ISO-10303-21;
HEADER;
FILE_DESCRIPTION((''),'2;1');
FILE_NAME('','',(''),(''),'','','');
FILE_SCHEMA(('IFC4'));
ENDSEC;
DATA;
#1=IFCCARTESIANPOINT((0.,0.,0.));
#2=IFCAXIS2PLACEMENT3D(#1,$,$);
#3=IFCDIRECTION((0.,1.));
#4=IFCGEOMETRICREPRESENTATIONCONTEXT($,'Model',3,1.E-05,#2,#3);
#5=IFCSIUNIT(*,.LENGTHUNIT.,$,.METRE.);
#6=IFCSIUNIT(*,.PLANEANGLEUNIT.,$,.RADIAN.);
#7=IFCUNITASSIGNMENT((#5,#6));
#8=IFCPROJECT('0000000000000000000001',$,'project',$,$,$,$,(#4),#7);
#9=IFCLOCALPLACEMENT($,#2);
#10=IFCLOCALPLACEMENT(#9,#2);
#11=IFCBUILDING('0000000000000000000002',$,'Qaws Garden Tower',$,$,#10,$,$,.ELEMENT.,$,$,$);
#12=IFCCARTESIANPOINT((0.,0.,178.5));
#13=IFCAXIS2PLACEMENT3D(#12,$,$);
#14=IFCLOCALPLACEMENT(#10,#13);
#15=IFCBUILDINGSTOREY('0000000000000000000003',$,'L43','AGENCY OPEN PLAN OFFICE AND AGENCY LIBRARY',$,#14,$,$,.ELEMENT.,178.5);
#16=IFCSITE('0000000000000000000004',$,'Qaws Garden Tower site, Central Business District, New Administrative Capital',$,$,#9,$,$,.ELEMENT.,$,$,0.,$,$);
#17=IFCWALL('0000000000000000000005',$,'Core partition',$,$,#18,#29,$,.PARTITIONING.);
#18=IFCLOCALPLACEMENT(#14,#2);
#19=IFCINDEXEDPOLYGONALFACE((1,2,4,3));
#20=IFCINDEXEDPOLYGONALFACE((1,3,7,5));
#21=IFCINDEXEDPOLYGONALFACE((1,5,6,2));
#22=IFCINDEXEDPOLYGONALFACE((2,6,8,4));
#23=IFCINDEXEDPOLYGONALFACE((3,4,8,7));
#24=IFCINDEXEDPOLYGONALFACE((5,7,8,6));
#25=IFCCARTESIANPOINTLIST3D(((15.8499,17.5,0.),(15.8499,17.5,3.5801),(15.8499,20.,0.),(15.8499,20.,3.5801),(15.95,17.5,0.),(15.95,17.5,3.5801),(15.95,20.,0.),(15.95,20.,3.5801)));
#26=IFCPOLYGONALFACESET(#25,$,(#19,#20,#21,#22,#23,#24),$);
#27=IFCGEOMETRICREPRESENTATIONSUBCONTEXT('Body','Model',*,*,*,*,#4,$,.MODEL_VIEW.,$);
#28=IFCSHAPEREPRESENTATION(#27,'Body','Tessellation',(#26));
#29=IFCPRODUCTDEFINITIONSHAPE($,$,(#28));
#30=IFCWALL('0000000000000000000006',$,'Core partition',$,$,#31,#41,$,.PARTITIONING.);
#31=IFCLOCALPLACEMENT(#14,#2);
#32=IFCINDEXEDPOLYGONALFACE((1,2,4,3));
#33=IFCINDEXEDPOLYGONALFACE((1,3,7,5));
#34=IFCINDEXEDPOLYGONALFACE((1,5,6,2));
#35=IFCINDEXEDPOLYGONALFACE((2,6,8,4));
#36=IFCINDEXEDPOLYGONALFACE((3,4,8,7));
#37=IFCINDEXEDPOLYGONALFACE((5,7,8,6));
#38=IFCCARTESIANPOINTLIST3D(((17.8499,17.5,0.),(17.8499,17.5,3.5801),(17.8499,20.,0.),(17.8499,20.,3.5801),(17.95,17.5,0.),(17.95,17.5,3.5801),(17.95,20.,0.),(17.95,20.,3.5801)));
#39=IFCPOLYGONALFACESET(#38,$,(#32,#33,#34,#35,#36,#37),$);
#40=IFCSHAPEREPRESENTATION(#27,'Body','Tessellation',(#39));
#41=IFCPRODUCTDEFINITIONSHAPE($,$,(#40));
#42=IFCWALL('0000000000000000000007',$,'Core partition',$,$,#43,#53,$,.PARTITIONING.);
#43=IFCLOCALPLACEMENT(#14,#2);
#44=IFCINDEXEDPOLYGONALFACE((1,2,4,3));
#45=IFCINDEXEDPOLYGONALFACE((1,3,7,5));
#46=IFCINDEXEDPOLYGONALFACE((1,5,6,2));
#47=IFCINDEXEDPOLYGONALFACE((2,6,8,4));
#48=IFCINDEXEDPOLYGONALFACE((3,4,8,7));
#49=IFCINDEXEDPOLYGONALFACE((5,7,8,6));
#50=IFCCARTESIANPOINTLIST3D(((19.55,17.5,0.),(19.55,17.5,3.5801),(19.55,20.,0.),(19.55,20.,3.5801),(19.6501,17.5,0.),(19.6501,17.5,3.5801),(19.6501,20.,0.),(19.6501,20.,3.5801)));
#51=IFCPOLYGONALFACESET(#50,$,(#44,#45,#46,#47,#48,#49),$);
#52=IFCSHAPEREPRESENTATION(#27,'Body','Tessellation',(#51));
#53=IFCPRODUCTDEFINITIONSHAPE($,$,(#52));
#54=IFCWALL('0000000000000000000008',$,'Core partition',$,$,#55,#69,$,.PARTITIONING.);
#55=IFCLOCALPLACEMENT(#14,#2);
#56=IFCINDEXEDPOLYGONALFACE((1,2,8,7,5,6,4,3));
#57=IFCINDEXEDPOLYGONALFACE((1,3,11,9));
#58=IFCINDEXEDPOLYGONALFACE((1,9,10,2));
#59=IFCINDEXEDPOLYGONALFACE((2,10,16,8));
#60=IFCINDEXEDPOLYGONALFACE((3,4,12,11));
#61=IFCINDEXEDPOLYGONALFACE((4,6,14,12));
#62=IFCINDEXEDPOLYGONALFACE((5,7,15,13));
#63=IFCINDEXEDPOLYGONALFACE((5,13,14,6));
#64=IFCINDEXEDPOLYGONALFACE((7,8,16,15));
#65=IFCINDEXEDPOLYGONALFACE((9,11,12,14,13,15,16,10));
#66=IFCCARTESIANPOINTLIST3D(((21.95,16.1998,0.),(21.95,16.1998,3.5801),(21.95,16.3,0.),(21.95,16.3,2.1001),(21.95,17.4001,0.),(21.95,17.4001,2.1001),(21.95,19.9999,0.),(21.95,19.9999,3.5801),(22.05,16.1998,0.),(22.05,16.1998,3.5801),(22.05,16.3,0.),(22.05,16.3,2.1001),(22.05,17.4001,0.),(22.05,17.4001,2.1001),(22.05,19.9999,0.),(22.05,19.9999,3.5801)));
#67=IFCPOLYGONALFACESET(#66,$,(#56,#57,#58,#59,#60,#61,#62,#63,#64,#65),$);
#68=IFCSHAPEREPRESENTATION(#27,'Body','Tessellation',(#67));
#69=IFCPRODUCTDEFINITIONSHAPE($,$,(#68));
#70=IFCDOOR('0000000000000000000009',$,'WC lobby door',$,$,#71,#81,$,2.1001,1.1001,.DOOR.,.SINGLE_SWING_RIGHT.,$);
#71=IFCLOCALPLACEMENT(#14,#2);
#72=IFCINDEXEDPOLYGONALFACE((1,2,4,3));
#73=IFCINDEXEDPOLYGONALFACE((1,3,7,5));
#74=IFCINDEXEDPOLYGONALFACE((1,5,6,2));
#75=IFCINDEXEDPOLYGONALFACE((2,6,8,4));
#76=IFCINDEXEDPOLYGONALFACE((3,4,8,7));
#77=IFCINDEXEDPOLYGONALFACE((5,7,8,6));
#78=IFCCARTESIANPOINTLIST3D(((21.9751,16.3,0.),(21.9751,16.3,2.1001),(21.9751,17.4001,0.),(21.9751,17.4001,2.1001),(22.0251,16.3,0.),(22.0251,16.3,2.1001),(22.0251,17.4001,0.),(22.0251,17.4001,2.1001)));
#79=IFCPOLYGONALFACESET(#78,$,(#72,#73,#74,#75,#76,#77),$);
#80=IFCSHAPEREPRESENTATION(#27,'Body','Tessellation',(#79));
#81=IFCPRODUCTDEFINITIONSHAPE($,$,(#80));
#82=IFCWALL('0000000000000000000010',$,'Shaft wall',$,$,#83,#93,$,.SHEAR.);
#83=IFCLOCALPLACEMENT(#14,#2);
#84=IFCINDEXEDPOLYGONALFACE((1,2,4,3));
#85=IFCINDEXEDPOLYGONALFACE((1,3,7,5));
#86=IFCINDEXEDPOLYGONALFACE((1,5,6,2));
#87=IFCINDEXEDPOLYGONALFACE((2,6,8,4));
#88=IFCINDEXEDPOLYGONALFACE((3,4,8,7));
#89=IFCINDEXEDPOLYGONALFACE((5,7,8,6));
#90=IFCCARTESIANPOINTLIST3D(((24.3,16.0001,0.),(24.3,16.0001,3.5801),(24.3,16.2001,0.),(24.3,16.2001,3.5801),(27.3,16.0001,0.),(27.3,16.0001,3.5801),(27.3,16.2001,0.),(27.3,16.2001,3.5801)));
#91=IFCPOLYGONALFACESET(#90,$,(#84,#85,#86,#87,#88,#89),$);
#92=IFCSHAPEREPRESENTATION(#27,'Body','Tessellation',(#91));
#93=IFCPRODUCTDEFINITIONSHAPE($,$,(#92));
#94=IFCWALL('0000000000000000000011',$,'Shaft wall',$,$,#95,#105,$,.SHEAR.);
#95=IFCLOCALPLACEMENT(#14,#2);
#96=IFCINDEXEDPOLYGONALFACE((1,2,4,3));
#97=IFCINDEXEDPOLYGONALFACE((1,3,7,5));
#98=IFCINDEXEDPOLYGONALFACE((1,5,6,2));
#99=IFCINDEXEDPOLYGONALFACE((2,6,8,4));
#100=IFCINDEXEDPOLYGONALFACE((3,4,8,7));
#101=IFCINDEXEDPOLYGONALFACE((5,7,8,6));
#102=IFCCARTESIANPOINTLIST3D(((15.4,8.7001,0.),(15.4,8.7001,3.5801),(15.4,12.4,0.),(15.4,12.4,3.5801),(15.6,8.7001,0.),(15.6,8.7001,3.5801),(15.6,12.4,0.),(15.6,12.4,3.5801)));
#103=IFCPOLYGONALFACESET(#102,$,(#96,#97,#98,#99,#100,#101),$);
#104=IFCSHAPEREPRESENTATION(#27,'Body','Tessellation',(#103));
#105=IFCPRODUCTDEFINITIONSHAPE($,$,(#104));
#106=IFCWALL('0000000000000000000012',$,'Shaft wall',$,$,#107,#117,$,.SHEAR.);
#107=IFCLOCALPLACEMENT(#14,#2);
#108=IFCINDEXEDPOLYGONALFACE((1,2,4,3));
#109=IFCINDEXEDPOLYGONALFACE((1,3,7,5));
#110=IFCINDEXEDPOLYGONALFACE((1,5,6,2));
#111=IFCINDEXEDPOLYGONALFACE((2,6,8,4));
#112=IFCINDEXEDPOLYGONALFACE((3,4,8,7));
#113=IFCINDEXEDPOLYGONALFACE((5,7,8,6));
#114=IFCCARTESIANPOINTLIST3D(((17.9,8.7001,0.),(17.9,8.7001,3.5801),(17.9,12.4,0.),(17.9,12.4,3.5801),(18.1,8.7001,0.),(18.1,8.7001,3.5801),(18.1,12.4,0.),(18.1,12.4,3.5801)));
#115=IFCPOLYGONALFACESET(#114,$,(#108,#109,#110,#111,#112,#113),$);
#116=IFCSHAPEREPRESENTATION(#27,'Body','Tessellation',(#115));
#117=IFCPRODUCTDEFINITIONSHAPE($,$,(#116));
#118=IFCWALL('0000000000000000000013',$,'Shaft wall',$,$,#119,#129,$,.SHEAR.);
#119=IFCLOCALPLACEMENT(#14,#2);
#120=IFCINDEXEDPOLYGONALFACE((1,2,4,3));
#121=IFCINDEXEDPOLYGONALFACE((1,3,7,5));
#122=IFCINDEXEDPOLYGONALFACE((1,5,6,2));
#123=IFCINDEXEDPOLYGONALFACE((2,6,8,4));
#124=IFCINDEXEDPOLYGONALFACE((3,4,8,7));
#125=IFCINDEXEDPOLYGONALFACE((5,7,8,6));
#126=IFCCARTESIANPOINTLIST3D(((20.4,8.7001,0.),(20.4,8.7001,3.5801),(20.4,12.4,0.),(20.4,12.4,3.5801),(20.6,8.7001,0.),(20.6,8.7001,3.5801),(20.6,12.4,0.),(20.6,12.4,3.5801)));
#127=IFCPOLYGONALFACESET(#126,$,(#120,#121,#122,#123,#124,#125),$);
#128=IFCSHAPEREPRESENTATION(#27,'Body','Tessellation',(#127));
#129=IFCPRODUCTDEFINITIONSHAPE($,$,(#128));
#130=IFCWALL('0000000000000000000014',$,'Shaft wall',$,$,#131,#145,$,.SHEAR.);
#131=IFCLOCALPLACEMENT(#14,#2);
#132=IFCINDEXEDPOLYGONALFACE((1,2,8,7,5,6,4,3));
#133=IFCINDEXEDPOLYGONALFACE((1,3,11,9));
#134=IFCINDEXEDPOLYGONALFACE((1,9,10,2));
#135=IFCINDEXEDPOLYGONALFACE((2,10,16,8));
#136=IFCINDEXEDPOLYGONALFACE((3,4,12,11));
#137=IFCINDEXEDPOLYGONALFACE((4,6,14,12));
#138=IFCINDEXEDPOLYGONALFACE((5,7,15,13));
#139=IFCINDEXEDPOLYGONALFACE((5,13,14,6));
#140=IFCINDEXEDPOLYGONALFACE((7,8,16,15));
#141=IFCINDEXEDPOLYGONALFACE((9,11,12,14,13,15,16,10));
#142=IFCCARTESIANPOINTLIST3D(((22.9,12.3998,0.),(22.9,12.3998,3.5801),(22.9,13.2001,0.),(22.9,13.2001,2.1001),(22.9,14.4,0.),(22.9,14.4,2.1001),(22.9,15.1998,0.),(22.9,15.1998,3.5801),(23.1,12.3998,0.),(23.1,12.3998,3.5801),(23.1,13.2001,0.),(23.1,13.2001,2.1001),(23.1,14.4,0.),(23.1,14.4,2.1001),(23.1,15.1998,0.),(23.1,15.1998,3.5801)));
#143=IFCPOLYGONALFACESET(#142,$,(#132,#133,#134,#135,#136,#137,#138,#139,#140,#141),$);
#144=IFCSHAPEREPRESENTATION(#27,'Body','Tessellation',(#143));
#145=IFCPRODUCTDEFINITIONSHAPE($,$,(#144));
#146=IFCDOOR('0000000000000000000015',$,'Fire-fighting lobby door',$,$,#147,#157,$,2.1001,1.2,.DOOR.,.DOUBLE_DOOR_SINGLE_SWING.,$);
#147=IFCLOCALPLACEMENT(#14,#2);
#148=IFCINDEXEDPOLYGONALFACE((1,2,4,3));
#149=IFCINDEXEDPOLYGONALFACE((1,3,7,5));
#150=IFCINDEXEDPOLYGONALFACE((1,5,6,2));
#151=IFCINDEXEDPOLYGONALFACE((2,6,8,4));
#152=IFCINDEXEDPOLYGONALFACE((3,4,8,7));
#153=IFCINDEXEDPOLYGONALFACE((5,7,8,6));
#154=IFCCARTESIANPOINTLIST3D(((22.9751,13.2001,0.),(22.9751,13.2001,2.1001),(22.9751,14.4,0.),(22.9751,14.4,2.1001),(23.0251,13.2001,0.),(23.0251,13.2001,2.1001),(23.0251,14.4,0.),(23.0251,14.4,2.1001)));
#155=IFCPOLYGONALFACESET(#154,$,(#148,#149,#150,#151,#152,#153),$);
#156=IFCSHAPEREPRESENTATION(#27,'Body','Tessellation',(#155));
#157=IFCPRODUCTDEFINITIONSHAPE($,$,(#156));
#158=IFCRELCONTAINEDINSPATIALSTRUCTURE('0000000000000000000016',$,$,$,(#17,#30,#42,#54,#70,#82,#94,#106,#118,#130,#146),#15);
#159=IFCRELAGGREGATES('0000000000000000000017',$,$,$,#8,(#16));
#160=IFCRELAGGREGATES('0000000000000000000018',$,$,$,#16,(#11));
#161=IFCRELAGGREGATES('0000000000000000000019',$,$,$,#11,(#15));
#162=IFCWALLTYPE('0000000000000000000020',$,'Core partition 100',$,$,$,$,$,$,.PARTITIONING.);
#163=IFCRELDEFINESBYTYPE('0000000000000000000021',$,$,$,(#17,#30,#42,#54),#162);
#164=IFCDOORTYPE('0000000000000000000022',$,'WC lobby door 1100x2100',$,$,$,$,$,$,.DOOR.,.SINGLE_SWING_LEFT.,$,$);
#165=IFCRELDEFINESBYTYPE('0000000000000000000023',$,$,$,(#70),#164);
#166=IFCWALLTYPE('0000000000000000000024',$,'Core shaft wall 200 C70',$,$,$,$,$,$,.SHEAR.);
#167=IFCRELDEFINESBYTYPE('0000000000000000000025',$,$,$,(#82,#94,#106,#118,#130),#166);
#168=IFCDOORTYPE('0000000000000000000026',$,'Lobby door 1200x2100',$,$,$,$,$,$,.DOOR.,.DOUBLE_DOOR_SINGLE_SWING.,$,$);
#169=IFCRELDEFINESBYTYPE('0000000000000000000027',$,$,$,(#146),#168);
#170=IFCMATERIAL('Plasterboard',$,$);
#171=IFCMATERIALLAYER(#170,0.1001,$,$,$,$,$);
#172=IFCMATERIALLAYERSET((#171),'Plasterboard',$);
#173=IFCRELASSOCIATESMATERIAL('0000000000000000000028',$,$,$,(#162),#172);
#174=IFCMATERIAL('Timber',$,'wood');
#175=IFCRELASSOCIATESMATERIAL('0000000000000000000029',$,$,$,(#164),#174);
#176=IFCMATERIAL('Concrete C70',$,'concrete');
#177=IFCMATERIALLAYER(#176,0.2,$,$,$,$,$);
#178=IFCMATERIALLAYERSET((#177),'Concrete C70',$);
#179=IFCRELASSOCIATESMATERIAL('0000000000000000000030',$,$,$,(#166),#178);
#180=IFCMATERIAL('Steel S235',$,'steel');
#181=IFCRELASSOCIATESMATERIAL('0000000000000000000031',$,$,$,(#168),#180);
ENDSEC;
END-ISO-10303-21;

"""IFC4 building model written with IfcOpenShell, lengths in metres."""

from ifc_helpers import new_model, si_unit, direction, frame, frame_2d, origin, place, context, subcontext, project, spatial, rectangle, extrude, material, layer, layer_set, type_object, element, fill, save


model = new_model("IFC4")

# Units and contexts
model_context = context("Model", 3, precision=1e-05, world=origin(), true_north=direction((0.0, 1.0)))
body_context = subcontext(model_context, "Body", "Model", "MODEL_VIEW")
ifc_project = project(units=[si_unit("LENGTHUNIT", "METRE"), si_unit("PLANEANGLEUNIT", "RADIAN")], contexts=[model_context])

# Site, building, storey
site_placement = place(None, origin())
site = spatial("IfcSite", under=ifc_project, at=site_placement, Name="Qaws Garden Tower site, Central Business District, New Administrative Capital", CompositionType="ELEMENT", RefElevation=0.0)
building_placement = place(site_placement, origin())
building = spatial("IfcBuilding", under=site, at=building_placement, Name="Qaws Garden Tower", CompositionType="ELEMENT")
storey_placement = place(building_placement, frame((0.0, 0.0, 178.5)))
storey = spatial("IfcBuildingStorey", under=building, at=storey_placement, Name="L43", Description="AGENCY OPEN PLAN OFFICE AND AGENCY LIBRARY", CompositionType="ELEMENT", Elevation=178.5)

# Shared definitions
ifc_material_1 = material(Name="Plasterboard")
ifc_layer_1 = layer(ifc_material_1, 0.1001)
ifc_layer_set_1 = layer_set([ifc_layer_1], Name="Plasterboard")
wall_type_1 = type_object("IfcWallType", Name="Core partition 100", PredefinedType="PARTITIONING", material=ifc_layer_set_1)

# Walls
for number, where, z_axis, x_axis, name in (
    (1, (15.8999, 17.5, 0.0), (0.0, 0.0, 1.0), (0.0, 1.0, 0.0), "Core partition"),
    (2, (17.8999, 17.5, 0.0), (0.0, 0.0, 1.0), (0.0, 1.0, 0.0), "Core partition"),
    (3, (19.6001, 17.5, 0.0), (0.0, 0.0, 1.0), (0.0, 1.0, 0.0), "Core partition"),
):
    element("IfcWall", number, at=place(storey_placement, frame(where, z_axis=z_axis, x_axis=x_axis)), inside=storey, type_object=wall_type_1, Name=name, PredefinedType="PARTITIONING", context=body_context, shape_type="SweptSolid", body=[
        extrude(rectangle(XDim=2.5, YDim=0.1001, at=frame_2d((1.25, 0.0))), origin(), (0.0, 0.0, 1.0), 3.5801),
    ])

# Wall, opening, door
wall_1_placement = place(storey_placement, frame((22.0, 16.2, 0.0), z_axis=(0.0, 0.0, 1.0), x_axis=(0.0, 1.0, 0.0)))
wall_1 = element("IfcWall", 4, at=wall_1_placement, inside=storey, type_object=wall_type_1, Name="Core partition", PredefinedType="PARTITIONING", context=body_context, shape_type="SweptSolid", body=[
    extrude(rectangle(XDim=3.8, YDim=0.1001, at=frame_2d((1.8999, 0.0))), origin(), (0.0, 0.0, 1.0), 3.5801),
])
opening_1_placement = place(wall_1_placement, frame((0.1001, 0.0, 0.0)))
opening_1 = element("IfcOpeningElement", 5, at=opening_1_placement, cuts=wall_1, PredefinedType="OPENING", context=body_context, shape_type="SweptSolid", body=[
    extrude(rectangle(XDim=1.1001, YDim=2.1001, at=frame_2d((0.55, 1.05))), frame((0.0, 0.0601, 0.0), z_axis=(0.0, -1.0, 0.0), x_axis=(1.0, 0.0, 0.0)), (0.0, 0.0, 1.0), 0.1201),
])
ifc_material_2 = material(Name="Timber", Category="wood")
door_type_1 = type_object("IfcDoorType", Name="WC lobby door 1100x2100", OperationType="SINGLE_SWING_LEFT", PredefinedType="DOOR", material=ifc_material_2)
door_1_placement = place(opening_1_placement, origin())
door_1 = element("IfcDoor", 6, at=door_1_placement, inside=storey, type_object=door_type_1, Name="WC lobby door", OperationType="SINGLE_SWING_RIGHT", OverallHeight=2.1001, OverallWidth=1.1001, PredefinedType="DOOR", context=body_context, shape_type="SweptSolid", body=[
    extrude(rectangle(XDim=1.1001, YDim=2.1001, at=frame_2d((0.55, 1.05))), frame((0.0, 0.0249, 0.0), z_axis=(0.0, -1.0, 0.0), x_axis=(1.0, 0.0, 0.0)), (0.0, 0.0, 1.0), 0.05),
])
fill(opening_1, door_1)

# Walls
ifc_material_3 = material(Name="Concrete C70", Category="concrete")
ifc_layer_2 = layer(ifc_material_3, 0.2)
ifc_layer_set_2 = layer_set([ifc_layer_2], Name="Concrete C70")
wall_type_2 = type_object("IfcWallType", Name="Core shaft wall 200 C70", PredefinedType="SHEAR", material=ifc_layer_set_2)
wall_2_placement = place(storey_placement, frame((24.3, 16.1001, 0.0), z_axis=(0.0, 0.0, 1.0), x_axis=(1.0, 0.0, 0.0)))
element("IfcWall", 7, at=wall_2_placement, inside=storey, type_object=wall_type_2, Name="Shaft wall", PredefinedType="SHEAR", context=body_context, shape_type="SweptSolid", body=[
    extrude(rectangle(XDim=3.0, YDim=0.2, at=frame_2d((1.5, 0.0))), origin(), (0.0, 0.0, 1.0), 3.5801),
])
for number, where, z_axis, x_axis, name in (
    (8, (15.5, 8.7, 0.0), (0.0, 0.0, 1.0), (0.0, 1.0, 0.0), "Shaft wall"),
    (9, (18.0, 8.7, 0.0), (0.0, 0.0, 1.0), (0.0, 1.0, 0.0), "Shaft wall"),
    (10, (20.5, 8.7, 0.0), (0.0, 0.0, 1.0), (0.0, 1.0, 0.0), "Shaft wall"),
):
    element("IfcWall", number, at=place(storey_placement, frame(where, z_axis=z_axis, x_axis=x_axis)), inside=storey, type_object=wall_type_2, Name=name, PredefinedType="SHEAR", context=body_context, shape_type="SweptSolid", body=[
        extrude(rectangle(XDim=3.7, YDim=0.2, at=frame_2d((1.8501, 0.0))), origin(), (0.0, 0.0, 1.0), 3.5801),
    ])

# Wall, opening, door
wall_3_placement = place(storey_placement, frame((23.0, 12.3999, 0.0), z_axis=(0.0, 0.0, 1.0), x_axis=(0.0, 1.0, 0.0)))
wall_3 = element("IfcWall", 11, at=wall_3_placement, inside=storey, type_object=wall_type_2, Name="Shaft wall", PredefinedType="SHEAR", context=body_context, shape_type="SweptSolid", body=[
    extrude(rectangle(XDim=2.8, YDim=0.2, at=frame_2d((1.3999, 0.0))), origin(), (0.0, 0.0, 1.0), 3.5801),
])
opening_2_placement = place(wall_3_placement, frame((0.8, 0.0, 0.0)))
opening_2 = element("IfcOpeningElement", 12, at=opening_2_placement, cuts=wall_3, PredefinedType="OPENING", context=body_context, shape_type="SweptSolid", body=[
    extrude(rectangle(XDim=1.2, YDim=2.1001, at=frame_2d((0.6001, 1.05))), frame((0.0, 0.1099, 0.0), z_axis=(0.0, -1.0, 0.0), x_axis=(1.0, 0.0, 0.0)), (0.0, 0.0, 1.0), 0.22),
])
ifc_material_4 = material(Name="Steel S235", Category="steel")
door_type_2 = type_object("IfcDoorType", Name="Lobby door 1200x2100", OperationType="DOUBLE_DOOR_SINGLE_SWING", PredefinedType="DOOR", material=ifc_material_4)
door_2_placement = place(opening_2_placement, origin())
door_2 = element("IfcDoor", 13, at=door_2_placement, inside=storey, type_object=door_type_2, Name="Fire-fighting lobby door", OperationType="DOUBLE_DOOR_SINGLE_SWING", OverallHeight=2.1001, OverallWidth=1.2, PredefinedType="DOOR", context=body_context, shape_type="SweptSolid", body=[
    extrude(rectangle(XDim=1.2, YDim=2.1001, at=frame_2d((0.6001, 1.05))), frame((0.0, 0.0249, 0.0), z_axis=(0.0, -1.0, 0.0), x_axis=(1.0, 0.0, 0.0)), (0.0, 0.0, 1.0), 0.05),
])
fill(opening_2, door_2)

save(model, "model.ifc")
